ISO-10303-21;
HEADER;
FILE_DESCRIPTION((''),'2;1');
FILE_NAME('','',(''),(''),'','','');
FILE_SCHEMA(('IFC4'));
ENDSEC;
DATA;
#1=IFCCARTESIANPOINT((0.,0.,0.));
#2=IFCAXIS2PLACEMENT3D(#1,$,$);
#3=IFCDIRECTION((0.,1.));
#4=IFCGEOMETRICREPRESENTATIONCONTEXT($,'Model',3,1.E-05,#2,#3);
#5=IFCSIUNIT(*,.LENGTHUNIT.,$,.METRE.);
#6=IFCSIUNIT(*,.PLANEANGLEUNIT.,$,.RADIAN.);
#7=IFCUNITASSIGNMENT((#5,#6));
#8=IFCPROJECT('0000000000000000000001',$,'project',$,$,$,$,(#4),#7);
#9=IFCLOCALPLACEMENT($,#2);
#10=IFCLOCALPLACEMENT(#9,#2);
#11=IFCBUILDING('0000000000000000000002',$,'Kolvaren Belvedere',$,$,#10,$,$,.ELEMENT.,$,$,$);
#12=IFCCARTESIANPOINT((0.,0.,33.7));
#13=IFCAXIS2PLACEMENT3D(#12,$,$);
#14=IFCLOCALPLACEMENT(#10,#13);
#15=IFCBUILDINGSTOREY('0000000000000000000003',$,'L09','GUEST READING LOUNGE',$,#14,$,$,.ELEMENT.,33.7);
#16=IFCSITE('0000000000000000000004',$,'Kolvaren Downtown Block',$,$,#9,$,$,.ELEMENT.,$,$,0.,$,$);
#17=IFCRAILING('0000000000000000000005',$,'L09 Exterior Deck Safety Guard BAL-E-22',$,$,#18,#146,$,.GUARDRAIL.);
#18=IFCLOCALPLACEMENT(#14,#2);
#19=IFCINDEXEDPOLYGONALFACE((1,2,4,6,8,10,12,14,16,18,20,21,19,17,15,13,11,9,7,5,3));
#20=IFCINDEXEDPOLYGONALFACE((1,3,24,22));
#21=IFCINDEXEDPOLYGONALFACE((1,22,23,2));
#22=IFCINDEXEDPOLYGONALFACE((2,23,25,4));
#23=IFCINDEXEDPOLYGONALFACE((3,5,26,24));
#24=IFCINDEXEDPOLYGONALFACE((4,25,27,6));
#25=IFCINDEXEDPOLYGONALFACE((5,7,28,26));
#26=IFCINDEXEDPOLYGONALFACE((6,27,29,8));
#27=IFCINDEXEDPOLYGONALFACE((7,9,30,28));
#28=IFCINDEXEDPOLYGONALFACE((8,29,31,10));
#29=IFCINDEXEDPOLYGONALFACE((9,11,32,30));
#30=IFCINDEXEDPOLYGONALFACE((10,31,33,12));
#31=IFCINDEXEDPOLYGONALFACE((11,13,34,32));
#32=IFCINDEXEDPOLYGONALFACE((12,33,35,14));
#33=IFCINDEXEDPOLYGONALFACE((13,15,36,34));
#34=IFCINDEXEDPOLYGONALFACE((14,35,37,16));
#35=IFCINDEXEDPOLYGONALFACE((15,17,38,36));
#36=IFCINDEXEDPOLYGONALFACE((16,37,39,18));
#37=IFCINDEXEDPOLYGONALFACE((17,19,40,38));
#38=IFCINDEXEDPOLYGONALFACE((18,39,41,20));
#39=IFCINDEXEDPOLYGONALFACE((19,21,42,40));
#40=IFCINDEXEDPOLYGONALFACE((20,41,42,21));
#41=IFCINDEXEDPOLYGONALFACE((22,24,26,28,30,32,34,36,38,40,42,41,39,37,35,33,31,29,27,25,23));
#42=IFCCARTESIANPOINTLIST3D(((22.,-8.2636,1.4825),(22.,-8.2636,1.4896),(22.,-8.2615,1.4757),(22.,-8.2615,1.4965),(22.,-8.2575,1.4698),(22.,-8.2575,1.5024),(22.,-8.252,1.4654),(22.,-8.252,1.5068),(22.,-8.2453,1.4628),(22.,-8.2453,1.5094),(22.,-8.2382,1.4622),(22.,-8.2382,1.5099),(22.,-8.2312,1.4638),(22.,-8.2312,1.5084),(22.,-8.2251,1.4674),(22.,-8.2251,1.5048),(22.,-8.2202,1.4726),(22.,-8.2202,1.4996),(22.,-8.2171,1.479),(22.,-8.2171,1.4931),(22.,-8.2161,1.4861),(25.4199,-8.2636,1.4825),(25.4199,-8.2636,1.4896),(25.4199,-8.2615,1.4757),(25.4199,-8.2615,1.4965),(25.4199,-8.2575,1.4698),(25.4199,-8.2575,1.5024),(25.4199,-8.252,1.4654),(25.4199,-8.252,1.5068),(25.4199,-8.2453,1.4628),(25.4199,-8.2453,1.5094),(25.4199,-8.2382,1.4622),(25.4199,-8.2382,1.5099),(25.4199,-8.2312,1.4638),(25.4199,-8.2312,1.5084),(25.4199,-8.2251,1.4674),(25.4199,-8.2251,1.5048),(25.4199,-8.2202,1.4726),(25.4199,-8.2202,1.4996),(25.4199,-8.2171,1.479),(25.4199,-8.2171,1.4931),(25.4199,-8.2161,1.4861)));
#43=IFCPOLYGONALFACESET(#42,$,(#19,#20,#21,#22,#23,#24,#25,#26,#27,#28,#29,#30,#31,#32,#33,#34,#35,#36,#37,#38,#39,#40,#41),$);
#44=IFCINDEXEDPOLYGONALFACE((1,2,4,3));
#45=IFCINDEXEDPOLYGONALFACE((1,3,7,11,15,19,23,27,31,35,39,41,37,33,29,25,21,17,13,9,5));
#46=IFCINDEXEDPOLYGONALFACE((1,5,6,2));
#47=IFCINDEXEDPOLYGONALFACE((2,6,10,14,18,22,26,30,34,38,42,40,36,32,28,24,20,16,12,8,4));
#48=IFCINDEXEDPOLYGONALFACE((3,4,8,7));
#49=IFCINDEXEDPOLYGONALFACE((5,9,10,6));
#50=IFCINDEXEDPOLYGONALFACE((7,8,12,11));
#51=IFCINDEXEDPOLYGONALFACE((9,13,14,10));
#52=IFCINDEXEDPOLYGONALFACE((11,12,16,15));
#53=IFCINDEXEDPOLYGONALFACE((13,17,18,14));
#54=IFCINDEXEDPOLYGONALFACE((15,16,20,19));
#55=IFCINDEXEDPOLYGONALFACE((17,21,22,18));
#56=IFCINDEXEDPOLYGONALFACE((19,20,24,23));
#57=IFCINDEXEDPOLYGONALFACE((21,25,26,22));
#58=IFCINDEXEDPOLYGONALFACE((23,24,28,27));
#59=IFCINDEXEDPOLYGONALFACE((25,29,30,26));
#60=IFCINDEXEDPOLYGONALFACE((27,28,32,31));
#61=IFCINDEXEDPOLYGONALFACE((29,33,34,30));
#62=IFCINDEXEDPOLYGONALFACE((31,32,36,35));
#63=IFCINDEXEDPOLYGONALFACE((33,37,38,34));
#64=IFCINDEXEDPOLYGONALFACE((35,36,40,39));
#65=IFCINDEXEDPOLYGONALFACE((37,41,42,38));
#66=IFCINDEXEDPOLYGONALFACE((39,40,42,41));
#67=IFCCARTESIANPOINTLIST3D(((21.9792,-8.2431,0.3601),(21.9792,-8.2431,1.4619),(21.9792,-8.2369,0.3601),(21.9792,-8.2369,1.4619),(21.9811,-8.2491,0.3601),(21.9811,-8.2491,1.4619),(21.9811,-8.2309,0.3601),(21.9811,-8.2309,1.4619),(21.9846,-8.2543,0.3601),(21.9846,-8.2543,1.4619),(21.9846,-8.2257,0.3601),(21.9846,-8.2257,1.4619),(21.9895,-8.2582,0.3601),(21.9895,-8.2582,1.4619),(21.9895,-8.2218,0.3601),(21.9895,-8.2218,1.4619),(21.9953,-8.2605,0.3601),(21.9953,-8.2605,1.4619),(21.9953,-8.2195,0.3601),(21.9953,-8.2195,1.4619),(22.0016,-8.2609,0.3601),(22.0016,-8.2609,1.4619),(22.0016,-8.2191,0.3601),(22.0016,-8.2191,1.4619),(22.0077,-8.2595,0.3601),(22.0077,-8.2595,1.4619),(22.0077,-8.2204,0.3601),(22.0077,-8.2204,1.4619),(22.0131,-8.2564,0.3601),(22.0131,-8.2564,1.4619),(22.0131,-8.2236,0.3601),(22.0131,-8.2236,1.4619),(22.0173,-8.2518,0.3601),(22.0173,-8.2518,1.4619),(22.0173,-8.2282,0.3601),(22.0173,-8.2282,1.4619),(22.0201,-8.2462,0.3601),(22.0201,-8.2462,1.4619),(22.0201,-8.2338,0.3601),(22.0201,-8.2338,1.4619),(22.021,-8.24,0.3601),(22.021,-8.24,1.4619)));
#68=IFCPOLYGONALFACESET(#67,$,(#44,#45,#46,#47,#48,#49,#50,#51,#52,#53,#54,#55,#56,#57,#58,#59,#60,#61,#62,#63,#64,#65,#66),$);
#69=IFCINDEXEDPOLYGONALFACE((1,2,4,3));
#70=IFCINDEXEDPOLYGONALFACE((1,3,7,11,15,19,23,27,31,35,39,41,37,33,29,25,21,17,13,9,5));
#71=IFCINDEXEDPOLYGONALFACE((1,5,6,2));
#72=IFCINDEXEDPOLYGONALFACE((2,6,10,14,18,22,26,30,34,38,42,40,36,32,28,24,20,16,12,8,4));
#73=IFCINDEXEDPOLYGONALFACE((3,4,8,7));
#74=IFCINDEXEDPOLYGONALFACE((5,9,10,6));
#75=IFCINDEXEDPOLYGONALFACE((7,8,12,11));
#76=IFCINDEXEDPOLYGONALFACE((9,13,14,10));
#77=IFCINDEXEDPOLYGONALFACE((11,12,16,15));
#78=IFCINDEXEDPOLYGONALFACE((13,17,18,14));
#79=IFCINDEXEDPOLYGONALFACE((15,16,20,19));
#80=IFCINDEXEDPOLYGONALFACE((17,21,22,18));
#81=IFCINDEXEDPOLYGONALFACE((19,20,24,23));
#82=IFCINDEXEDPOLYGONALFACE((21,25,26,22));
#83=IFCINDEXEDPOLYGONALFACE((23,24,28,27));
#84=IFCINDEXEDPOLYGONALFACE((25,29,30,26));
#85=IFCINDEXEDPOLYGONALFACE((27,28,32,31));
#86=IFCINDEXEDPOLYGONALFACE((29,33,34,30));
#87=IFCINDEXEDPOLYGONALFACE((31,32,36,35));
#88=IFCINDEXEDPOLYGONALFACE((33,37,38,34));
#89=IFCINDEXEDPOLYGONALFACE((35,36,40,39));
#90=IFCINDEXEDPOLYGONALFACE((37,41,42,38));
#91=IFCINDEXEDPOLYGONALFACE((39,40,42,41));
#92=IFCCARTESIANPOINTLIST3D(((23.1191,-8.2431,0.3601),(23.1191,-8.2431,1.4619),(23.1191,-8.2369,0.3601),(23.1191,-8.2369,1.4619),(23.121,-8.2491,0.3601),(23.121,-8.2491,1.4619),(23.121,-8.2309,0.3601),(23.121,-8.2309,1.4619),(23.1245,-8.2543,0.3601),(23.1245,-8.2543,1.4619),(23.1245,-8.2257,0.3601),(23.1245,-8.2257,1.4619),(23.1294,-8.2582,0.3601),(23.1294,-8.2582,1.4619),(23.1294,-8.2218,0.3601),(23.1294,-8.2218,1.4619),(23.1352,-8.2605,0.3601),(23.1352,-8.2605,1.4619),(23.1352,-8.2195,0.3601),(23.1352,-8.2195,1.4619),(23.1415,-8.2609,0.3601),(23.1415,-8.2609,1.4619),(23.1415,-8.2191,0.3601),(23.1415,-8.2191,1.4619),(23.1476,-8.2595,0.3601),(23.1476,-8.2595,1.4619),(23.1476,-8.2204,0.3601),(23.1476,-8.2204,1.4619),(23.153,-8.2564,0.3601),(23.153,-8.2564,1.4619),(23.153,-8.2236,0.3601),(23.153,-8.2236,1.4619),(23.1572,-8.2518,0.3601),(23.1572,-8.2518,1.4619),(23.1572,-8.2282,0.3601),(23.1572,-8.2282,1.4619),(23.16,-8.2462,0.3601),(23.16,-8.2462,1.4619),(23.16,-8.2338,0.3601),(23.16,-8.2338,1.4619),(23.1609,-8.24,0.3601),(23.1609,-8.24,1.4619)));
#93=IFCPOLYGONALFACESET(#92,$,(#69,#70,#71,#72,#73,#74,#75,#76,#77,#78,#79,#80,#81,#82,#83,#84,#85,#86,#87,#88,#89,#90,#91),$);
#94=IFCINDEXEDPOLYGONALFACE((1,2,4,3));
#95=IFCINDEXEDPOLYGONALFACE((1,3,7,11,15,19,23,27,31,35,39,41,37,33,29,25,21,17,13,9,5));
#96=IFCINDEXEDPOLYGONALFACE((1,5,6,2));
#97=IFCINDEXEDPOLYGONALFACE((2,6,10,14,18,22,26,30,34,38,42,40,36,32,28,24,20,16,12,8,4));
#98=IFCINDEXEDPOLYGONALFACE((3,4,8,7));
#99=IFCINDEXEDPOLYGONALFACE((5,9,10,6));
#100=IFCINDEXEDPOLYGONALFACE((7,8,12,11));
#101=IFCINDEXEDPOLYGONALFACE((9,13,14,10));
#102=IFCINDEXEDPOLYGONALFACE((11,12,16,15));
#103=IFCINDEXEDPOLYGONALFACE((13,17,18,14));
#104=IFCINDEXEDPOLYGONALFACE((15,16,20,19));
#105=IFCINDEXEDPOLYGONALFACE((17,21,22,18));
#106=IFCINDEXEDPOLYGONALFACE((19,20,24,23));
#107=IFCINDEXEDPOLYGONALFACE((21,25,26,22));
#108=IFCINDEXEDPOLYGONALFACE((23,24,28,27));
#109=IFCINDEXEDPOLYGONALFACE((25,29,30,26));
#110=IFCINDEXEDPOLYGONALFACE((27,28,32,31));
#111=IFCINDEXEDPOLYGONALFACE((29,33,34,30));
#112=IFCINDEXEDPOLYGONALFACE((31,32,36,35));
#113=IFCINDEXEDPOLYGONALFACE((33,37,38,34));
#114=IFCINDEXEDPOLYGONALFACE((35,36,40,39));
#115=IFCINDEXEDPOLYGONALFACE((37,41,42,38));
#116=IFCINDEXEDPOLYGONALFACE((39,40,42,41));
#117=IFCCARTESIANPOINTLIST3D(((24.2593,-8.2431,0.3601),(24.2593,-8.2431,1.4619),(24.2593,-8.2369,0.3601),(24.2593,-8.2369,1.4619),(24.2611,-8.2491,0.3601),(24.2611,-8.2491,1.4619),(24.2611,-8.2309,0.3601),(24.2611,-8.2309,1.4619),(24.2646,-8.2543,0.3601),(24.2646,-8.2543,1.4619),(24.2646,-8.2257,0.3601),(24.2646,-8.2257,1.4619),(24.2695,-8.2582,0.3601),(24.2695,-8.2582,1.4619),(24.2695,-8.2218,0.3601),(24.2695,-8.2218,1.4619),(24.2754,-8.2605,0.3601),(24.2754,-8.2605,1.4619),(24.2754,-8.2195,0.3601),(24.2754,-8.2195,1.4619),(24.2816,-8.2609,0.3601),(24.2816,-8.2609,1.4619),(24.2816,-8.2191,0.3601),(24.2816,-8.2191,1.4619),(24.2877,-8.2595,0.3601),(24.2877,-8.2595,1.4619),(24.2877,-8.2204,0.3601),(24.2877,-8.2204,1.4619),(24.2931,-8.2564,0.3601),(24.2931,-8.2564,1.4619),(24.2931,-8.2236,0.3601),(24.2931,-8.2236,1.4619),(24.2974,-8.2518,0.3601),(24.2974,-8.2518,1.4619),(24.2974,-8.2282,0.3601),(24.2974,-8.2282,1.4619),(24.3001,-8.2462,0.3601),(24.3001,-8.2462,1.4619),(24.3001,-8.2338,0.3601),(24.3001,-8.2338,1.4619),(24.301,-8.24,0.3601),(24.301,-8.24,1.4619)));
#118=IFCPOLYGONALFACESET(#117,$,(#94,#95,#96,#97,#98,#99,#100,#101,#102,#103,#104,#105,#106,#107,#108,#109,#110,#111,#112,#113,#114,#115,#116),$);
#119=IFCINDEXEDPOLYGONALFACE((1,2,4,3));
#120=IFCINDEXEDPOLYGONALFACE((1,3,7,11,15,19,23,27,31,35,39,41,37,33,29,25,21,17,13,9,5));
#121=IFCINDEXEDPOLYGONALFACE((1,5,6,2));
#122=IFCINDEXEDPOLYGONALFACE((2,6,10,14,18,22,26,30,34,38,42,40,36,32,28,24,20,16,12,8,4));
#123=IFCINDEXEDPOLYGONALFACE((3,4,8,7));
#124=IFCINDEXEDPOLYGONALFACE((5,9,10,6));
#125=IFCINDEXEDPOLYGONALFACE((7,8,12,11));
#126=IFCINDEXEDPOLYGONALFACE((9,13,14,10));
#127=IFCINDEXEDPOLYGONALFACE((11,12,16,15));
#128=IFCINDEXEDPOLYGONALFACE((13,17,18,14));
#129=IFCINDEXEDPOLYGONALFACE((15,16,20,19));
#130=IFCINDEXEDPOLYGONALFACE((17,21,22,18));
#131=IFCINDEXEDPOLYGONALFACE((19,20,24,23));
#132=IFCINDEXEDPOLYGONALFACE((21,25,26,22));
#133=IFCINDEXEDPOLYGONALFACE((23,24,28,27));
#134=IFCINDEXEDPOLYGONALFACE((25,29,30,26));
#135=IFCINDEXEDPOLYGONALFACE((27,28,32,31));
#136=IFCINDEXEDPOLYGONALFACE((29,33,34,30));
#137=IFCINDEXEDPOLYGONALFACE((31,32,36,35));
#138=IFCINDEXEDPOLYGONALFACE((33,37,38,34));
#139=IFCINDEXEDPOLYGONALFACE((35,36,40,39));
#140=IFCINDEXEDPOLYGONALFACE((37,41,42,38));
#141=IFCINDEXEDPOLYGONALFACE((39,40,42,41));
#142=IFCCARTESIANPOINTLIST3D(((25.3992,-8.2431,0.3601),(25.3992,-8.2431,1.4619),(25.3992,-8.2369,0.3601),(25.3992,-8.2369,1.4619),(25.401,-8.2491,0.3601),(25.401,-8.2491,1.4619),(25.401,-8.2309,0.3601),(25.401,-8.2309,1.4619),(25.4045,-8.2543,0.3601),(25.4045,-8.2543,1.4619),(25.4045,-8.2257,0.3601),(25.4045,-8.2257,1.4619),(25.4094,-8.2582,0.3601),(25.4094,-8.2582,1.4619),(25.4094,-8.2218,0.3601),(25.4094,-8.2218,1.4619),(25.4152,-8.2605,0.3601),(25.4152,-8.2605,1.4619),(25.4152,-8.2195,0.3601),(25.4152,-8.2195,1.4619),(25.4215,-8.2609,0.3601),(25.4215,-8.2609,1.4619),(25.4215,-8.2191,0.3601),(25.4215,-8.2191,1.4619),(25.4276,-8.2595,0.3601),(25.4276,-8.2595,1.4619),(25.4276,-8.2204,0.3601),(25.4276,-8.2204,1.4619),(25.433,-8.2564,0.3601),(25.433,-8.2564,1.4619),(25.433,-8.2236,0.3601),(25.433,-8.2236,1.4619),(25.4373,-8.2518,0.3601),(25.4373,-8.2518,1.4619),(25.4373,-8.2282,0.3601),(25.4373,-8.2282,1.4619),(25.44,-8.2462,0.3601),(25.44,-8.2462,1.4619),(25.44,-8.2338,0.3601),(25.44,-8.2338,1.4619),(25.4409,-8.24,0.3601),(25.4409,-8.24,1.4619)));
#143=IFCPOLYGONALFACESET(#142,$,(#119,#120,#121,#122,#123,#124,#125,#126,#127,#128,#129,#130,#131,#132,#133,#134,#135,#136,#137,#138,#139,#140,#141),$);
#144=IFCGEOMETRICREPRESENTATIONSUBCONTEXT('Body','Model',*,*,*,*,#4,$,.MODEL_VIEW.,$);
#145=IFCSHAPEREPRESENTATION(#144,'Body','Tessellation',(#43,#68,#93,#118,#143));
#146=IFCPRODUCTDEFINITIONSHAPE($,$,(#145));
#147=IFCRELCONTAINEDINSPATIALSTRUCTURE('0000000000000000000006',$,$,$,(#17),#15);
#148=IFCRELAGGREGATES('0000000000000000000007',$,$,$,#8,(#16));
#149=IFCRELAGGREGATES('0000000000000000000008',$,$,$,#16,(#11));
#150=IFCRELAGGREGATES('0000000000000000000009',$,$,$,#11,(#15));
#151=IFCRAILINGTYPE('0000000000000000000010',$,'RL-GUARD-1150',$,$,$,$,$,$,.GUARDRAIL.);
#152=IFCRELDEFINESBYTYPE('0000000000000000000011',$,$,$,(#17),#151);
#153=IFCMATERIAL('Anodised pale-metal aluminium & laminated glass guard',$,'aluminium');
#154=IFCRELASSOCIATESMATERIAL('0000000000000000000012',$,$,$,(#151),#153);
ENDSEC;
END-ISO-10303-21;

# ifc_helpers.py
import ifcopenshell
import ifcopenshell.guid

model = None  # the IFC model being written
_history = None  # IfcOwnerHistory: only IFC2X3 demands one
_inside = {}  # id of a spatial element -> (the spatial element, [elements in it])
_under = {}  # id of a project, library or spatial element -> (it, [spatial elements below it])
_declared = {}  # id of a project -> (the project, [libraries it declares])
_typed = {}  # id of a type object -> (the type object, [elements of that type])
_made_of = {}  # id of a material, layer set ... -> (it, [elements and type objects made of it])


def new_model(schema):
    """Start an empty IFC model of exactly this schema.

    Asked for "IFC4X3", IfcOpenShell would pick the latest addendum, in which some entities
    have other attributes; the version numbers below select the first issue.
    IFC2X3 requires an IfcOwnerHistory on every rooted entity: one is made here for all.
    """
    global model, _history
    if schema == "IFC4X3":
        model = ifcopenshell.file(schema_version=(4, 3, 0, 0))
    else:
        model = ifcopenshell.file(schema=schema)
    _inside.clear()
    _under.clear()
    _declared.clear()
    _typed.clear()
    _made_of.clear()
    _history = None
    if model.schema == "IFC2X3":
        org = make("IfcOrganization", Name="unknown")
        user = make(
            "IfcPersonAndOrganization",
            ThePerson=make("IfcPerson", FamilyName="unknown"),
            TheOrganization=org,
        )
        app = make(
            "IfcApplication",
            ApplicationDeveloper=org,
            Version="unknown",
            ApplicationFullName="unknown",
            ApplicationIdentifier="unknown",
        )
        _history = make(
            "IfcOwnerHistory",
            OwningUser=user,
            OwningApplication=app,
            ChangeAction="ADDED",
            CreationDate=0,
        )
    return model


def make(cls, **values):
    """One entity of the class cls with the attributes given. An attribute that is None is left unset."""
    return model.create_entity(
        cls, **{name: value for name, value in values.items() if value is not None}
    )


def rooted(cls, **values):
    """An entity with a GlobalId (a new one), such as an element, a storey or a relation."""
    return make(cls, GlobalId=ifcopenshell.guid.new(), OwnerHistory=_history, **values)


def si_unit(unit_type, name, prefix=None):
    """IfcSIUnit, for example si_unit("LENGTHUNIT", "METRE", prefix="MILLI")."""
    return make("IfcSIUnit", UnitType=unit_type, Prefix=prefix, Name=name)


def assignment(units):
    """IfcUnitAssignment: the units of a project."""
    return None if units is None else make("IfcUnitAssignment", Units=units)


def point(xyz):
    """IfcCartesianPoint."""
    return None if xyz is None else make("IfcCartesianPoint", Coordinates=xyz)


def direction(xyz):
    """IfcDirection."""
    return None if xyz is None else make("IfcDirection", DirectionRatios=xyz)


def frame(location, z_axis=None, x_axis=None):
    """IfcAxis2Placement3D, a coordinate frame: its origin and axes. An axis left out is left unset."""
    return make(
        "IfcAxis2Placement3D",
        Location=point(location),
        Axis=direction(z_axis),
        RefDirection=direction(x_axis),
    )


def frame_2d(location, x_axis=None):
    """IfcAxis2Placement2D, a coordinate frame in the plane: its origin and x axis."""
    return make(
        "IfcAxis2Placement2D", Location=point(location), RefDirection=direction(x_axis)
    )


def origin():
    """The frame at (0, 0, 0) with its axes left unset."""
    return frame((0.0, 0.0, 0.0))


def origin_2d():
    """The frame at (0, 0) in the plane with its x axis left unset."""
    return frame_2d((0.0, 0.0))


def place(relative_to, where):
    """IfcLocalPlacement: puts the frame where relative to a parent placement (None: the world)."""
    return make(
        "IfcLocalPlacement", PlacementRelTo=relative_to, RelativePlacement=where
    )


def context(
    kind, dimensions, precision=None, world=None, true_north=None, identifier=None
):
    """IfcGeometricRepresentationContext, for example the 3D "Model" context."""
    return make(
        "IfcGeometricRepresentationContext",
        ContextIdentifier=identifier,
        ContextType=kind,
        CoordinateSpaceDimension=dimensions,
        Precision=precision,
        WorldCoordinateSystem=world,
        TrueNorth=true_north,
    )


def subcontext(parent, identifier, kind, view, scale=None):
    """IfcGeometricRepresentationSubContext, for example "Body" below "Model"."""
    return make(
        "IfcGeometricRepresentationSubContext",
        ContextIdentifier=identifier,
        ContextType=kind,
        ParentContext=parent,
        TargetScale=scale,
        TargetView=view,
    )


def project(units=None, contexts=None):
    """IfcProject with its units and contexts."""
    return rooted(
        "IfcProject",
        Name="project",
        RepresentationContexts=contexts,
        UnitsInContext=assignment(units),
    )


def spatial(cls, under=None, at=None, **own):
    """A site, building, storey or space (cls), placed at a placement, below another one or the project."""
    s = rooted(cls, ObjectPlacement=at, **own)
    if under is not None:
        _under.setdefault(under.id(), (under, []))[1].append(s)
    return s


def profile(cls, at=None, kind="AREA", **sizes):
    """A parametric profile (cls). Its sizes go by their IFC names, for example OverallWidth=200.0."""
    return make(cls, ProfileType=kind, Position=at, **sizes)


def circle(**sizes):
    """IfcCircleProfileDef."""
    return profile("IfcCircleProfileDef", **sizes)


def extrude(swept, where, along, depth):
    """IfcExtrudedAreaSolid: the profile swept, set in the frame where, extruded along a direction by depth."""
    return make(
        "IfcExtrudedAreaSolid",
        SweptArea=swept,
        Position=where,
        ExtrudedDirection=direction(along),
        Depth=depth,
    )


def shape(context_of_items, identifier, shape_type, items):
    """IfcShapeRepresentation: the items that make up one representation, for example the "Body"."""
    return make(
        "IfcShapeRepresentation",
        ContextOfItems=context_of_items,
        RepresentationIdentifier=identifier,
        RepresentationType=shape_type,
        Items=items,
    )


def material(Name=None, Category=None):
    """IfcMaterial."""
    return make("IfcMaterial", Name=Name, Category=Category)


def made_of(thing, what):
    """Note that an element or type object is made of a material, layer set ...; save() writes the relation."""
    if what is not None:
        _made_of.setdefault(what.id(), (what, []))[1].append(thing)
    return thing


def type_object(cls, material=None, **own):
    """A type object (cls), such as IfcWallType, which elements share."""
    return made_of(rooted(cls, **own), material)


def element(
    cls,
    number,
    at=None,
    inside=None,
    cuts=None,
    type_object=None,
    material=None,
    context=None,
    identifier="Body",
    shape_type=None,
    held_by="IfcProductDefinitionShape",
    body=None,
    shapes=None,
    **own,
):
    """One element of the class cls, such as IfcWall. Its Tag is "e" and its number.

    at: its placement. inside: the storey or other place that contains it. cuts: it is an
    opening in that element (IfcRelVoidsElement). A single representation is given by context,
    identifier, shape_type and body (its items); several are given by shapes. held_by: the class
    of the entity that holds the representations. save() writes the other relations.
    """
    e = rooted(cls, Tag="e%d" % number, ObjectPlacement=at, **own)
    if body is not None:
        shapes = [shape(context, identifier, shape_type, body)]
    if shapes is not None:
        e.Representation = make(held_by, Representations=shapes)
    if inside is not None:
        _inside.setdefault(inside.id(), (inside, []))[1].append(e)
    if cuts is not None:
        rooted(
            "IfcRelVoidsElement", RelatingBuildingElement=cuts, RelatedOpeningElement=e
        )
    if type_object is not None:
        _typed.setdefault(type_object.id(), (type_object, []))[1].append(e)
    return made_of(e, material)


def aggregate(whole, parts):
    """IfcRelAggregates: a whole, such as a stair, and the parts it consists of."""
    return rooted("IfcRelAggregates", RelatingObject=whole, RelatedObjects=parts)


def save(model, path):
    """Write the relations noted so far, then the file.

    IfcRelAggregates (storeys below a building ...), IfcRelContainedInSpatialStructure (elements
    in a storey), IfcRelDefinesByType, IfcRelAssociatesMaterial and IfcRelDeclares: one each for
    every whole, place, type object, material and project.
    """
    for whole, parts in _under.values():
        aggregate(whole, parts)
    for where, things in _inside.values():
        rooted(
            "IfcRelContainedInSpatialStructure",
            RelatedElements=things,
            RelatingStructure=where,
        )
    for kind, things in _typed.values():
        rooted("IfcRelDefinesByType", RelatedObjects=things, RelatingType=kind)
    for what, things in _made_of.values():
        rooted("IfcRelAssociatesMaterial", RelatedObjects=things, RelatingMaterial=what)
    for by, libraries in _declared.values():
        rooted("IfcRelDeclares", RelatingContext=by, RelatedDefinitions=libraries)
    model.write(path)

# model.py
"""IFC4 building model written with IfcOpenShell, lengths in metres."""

from ifc_helpers import new_model, si_unit, direction, frame, origin, origin_2d, place, context, subcontext, project, spatial, circle, extrude, material, type_object, element, save


model = new_model("IFC4")

# Units and contexts
model_context = context("Model", 3, precision=1e-05, world=origin(), true_north=direction((0.0, 1.0)))
body_context = subcontext(model_context, "Body", "Model", "MODEL_VIEW")
ifc_project = project(units=[si_unit("LENGTHUNIT", "METRE"), si_unit("PLANEANGLEUNIT", "RADIAN")], contexts=[model_context])

# Site, building, storey
site_placement = place(None, origin())
site = spatial("IfcSite", under=ifc_project, at=site_placement, Name="Kolvaren Downtown Block", CompositionType="ELEMENT", RefElevation=0.0)
building_placement = place(site_placement, origin())
building = spatial("IfcBuilding", under=site, at=building_placement, Name="Kolvaren Belvedere", CompositionType="ELEMENT")
storey_placement = place(building_placement, frame((0.0, 0.0, 33.7)))
storey = spatial("IfcBuildingStorey", under=building, at=storey_placement, Name="L09", Description="GUEST READING LOUNGE", CompositionType="ELEMENT", Elevation=33.7)

# Railing
ifc_material_1 = material(Name="Anodised pale-metal aluminium & laminated glass guard", Category="aluminium")
railing_type = type_object("IfcRailingType", Name="RL-GUARD-1150", PredefinedType="GUARDRAIL", material=ifc_material_1)
railing_1_placement = place(storey_placement, frame((22.0, -8.24, 0.3601)))
element("IfcRailing", 1, at=railing_1_placement, inside=storey, type_object=railing_type, Name="L09 Exterior Deck Safety Guard BAL-E-22", PredefinedType="GUARDRAIL", context=body_context, shape_type="SweptSolid", body=[
    extrude(circle(Radius=0.0239, at=origin_2d()), frame((0.0, 0.0, 1.126), z_axis=(1.0, 0.0, 0.0), x_axis=(0.0, 1.0, 0.0)), (0.0, 0.0, 1.0), 3.4199),
    extrude(circle(Radius=0.021, at=origin_2d()), origin(), (0.0, 0.0, 1.0), 1.1018),
    extrude(circle(Radius=0.021, at=origin_2d()), frame((1.1399, 0.0, 0.0)), (0.0, 0.0, 1.0), 1.1018),
    extrude(circle(Radius=0.021, at=origin_2d()), frame((2.28, 0.0, 0.0)), (0.0, 0.0, 1.0), 1.1018),
    extrude(circle(Radius=0.021, at=origin_2d()), frame((3.4199, 0.0, 0.0)), (0.0, 0.0, 1.0), 1.1018),
])

save(model, "model.ifc")
